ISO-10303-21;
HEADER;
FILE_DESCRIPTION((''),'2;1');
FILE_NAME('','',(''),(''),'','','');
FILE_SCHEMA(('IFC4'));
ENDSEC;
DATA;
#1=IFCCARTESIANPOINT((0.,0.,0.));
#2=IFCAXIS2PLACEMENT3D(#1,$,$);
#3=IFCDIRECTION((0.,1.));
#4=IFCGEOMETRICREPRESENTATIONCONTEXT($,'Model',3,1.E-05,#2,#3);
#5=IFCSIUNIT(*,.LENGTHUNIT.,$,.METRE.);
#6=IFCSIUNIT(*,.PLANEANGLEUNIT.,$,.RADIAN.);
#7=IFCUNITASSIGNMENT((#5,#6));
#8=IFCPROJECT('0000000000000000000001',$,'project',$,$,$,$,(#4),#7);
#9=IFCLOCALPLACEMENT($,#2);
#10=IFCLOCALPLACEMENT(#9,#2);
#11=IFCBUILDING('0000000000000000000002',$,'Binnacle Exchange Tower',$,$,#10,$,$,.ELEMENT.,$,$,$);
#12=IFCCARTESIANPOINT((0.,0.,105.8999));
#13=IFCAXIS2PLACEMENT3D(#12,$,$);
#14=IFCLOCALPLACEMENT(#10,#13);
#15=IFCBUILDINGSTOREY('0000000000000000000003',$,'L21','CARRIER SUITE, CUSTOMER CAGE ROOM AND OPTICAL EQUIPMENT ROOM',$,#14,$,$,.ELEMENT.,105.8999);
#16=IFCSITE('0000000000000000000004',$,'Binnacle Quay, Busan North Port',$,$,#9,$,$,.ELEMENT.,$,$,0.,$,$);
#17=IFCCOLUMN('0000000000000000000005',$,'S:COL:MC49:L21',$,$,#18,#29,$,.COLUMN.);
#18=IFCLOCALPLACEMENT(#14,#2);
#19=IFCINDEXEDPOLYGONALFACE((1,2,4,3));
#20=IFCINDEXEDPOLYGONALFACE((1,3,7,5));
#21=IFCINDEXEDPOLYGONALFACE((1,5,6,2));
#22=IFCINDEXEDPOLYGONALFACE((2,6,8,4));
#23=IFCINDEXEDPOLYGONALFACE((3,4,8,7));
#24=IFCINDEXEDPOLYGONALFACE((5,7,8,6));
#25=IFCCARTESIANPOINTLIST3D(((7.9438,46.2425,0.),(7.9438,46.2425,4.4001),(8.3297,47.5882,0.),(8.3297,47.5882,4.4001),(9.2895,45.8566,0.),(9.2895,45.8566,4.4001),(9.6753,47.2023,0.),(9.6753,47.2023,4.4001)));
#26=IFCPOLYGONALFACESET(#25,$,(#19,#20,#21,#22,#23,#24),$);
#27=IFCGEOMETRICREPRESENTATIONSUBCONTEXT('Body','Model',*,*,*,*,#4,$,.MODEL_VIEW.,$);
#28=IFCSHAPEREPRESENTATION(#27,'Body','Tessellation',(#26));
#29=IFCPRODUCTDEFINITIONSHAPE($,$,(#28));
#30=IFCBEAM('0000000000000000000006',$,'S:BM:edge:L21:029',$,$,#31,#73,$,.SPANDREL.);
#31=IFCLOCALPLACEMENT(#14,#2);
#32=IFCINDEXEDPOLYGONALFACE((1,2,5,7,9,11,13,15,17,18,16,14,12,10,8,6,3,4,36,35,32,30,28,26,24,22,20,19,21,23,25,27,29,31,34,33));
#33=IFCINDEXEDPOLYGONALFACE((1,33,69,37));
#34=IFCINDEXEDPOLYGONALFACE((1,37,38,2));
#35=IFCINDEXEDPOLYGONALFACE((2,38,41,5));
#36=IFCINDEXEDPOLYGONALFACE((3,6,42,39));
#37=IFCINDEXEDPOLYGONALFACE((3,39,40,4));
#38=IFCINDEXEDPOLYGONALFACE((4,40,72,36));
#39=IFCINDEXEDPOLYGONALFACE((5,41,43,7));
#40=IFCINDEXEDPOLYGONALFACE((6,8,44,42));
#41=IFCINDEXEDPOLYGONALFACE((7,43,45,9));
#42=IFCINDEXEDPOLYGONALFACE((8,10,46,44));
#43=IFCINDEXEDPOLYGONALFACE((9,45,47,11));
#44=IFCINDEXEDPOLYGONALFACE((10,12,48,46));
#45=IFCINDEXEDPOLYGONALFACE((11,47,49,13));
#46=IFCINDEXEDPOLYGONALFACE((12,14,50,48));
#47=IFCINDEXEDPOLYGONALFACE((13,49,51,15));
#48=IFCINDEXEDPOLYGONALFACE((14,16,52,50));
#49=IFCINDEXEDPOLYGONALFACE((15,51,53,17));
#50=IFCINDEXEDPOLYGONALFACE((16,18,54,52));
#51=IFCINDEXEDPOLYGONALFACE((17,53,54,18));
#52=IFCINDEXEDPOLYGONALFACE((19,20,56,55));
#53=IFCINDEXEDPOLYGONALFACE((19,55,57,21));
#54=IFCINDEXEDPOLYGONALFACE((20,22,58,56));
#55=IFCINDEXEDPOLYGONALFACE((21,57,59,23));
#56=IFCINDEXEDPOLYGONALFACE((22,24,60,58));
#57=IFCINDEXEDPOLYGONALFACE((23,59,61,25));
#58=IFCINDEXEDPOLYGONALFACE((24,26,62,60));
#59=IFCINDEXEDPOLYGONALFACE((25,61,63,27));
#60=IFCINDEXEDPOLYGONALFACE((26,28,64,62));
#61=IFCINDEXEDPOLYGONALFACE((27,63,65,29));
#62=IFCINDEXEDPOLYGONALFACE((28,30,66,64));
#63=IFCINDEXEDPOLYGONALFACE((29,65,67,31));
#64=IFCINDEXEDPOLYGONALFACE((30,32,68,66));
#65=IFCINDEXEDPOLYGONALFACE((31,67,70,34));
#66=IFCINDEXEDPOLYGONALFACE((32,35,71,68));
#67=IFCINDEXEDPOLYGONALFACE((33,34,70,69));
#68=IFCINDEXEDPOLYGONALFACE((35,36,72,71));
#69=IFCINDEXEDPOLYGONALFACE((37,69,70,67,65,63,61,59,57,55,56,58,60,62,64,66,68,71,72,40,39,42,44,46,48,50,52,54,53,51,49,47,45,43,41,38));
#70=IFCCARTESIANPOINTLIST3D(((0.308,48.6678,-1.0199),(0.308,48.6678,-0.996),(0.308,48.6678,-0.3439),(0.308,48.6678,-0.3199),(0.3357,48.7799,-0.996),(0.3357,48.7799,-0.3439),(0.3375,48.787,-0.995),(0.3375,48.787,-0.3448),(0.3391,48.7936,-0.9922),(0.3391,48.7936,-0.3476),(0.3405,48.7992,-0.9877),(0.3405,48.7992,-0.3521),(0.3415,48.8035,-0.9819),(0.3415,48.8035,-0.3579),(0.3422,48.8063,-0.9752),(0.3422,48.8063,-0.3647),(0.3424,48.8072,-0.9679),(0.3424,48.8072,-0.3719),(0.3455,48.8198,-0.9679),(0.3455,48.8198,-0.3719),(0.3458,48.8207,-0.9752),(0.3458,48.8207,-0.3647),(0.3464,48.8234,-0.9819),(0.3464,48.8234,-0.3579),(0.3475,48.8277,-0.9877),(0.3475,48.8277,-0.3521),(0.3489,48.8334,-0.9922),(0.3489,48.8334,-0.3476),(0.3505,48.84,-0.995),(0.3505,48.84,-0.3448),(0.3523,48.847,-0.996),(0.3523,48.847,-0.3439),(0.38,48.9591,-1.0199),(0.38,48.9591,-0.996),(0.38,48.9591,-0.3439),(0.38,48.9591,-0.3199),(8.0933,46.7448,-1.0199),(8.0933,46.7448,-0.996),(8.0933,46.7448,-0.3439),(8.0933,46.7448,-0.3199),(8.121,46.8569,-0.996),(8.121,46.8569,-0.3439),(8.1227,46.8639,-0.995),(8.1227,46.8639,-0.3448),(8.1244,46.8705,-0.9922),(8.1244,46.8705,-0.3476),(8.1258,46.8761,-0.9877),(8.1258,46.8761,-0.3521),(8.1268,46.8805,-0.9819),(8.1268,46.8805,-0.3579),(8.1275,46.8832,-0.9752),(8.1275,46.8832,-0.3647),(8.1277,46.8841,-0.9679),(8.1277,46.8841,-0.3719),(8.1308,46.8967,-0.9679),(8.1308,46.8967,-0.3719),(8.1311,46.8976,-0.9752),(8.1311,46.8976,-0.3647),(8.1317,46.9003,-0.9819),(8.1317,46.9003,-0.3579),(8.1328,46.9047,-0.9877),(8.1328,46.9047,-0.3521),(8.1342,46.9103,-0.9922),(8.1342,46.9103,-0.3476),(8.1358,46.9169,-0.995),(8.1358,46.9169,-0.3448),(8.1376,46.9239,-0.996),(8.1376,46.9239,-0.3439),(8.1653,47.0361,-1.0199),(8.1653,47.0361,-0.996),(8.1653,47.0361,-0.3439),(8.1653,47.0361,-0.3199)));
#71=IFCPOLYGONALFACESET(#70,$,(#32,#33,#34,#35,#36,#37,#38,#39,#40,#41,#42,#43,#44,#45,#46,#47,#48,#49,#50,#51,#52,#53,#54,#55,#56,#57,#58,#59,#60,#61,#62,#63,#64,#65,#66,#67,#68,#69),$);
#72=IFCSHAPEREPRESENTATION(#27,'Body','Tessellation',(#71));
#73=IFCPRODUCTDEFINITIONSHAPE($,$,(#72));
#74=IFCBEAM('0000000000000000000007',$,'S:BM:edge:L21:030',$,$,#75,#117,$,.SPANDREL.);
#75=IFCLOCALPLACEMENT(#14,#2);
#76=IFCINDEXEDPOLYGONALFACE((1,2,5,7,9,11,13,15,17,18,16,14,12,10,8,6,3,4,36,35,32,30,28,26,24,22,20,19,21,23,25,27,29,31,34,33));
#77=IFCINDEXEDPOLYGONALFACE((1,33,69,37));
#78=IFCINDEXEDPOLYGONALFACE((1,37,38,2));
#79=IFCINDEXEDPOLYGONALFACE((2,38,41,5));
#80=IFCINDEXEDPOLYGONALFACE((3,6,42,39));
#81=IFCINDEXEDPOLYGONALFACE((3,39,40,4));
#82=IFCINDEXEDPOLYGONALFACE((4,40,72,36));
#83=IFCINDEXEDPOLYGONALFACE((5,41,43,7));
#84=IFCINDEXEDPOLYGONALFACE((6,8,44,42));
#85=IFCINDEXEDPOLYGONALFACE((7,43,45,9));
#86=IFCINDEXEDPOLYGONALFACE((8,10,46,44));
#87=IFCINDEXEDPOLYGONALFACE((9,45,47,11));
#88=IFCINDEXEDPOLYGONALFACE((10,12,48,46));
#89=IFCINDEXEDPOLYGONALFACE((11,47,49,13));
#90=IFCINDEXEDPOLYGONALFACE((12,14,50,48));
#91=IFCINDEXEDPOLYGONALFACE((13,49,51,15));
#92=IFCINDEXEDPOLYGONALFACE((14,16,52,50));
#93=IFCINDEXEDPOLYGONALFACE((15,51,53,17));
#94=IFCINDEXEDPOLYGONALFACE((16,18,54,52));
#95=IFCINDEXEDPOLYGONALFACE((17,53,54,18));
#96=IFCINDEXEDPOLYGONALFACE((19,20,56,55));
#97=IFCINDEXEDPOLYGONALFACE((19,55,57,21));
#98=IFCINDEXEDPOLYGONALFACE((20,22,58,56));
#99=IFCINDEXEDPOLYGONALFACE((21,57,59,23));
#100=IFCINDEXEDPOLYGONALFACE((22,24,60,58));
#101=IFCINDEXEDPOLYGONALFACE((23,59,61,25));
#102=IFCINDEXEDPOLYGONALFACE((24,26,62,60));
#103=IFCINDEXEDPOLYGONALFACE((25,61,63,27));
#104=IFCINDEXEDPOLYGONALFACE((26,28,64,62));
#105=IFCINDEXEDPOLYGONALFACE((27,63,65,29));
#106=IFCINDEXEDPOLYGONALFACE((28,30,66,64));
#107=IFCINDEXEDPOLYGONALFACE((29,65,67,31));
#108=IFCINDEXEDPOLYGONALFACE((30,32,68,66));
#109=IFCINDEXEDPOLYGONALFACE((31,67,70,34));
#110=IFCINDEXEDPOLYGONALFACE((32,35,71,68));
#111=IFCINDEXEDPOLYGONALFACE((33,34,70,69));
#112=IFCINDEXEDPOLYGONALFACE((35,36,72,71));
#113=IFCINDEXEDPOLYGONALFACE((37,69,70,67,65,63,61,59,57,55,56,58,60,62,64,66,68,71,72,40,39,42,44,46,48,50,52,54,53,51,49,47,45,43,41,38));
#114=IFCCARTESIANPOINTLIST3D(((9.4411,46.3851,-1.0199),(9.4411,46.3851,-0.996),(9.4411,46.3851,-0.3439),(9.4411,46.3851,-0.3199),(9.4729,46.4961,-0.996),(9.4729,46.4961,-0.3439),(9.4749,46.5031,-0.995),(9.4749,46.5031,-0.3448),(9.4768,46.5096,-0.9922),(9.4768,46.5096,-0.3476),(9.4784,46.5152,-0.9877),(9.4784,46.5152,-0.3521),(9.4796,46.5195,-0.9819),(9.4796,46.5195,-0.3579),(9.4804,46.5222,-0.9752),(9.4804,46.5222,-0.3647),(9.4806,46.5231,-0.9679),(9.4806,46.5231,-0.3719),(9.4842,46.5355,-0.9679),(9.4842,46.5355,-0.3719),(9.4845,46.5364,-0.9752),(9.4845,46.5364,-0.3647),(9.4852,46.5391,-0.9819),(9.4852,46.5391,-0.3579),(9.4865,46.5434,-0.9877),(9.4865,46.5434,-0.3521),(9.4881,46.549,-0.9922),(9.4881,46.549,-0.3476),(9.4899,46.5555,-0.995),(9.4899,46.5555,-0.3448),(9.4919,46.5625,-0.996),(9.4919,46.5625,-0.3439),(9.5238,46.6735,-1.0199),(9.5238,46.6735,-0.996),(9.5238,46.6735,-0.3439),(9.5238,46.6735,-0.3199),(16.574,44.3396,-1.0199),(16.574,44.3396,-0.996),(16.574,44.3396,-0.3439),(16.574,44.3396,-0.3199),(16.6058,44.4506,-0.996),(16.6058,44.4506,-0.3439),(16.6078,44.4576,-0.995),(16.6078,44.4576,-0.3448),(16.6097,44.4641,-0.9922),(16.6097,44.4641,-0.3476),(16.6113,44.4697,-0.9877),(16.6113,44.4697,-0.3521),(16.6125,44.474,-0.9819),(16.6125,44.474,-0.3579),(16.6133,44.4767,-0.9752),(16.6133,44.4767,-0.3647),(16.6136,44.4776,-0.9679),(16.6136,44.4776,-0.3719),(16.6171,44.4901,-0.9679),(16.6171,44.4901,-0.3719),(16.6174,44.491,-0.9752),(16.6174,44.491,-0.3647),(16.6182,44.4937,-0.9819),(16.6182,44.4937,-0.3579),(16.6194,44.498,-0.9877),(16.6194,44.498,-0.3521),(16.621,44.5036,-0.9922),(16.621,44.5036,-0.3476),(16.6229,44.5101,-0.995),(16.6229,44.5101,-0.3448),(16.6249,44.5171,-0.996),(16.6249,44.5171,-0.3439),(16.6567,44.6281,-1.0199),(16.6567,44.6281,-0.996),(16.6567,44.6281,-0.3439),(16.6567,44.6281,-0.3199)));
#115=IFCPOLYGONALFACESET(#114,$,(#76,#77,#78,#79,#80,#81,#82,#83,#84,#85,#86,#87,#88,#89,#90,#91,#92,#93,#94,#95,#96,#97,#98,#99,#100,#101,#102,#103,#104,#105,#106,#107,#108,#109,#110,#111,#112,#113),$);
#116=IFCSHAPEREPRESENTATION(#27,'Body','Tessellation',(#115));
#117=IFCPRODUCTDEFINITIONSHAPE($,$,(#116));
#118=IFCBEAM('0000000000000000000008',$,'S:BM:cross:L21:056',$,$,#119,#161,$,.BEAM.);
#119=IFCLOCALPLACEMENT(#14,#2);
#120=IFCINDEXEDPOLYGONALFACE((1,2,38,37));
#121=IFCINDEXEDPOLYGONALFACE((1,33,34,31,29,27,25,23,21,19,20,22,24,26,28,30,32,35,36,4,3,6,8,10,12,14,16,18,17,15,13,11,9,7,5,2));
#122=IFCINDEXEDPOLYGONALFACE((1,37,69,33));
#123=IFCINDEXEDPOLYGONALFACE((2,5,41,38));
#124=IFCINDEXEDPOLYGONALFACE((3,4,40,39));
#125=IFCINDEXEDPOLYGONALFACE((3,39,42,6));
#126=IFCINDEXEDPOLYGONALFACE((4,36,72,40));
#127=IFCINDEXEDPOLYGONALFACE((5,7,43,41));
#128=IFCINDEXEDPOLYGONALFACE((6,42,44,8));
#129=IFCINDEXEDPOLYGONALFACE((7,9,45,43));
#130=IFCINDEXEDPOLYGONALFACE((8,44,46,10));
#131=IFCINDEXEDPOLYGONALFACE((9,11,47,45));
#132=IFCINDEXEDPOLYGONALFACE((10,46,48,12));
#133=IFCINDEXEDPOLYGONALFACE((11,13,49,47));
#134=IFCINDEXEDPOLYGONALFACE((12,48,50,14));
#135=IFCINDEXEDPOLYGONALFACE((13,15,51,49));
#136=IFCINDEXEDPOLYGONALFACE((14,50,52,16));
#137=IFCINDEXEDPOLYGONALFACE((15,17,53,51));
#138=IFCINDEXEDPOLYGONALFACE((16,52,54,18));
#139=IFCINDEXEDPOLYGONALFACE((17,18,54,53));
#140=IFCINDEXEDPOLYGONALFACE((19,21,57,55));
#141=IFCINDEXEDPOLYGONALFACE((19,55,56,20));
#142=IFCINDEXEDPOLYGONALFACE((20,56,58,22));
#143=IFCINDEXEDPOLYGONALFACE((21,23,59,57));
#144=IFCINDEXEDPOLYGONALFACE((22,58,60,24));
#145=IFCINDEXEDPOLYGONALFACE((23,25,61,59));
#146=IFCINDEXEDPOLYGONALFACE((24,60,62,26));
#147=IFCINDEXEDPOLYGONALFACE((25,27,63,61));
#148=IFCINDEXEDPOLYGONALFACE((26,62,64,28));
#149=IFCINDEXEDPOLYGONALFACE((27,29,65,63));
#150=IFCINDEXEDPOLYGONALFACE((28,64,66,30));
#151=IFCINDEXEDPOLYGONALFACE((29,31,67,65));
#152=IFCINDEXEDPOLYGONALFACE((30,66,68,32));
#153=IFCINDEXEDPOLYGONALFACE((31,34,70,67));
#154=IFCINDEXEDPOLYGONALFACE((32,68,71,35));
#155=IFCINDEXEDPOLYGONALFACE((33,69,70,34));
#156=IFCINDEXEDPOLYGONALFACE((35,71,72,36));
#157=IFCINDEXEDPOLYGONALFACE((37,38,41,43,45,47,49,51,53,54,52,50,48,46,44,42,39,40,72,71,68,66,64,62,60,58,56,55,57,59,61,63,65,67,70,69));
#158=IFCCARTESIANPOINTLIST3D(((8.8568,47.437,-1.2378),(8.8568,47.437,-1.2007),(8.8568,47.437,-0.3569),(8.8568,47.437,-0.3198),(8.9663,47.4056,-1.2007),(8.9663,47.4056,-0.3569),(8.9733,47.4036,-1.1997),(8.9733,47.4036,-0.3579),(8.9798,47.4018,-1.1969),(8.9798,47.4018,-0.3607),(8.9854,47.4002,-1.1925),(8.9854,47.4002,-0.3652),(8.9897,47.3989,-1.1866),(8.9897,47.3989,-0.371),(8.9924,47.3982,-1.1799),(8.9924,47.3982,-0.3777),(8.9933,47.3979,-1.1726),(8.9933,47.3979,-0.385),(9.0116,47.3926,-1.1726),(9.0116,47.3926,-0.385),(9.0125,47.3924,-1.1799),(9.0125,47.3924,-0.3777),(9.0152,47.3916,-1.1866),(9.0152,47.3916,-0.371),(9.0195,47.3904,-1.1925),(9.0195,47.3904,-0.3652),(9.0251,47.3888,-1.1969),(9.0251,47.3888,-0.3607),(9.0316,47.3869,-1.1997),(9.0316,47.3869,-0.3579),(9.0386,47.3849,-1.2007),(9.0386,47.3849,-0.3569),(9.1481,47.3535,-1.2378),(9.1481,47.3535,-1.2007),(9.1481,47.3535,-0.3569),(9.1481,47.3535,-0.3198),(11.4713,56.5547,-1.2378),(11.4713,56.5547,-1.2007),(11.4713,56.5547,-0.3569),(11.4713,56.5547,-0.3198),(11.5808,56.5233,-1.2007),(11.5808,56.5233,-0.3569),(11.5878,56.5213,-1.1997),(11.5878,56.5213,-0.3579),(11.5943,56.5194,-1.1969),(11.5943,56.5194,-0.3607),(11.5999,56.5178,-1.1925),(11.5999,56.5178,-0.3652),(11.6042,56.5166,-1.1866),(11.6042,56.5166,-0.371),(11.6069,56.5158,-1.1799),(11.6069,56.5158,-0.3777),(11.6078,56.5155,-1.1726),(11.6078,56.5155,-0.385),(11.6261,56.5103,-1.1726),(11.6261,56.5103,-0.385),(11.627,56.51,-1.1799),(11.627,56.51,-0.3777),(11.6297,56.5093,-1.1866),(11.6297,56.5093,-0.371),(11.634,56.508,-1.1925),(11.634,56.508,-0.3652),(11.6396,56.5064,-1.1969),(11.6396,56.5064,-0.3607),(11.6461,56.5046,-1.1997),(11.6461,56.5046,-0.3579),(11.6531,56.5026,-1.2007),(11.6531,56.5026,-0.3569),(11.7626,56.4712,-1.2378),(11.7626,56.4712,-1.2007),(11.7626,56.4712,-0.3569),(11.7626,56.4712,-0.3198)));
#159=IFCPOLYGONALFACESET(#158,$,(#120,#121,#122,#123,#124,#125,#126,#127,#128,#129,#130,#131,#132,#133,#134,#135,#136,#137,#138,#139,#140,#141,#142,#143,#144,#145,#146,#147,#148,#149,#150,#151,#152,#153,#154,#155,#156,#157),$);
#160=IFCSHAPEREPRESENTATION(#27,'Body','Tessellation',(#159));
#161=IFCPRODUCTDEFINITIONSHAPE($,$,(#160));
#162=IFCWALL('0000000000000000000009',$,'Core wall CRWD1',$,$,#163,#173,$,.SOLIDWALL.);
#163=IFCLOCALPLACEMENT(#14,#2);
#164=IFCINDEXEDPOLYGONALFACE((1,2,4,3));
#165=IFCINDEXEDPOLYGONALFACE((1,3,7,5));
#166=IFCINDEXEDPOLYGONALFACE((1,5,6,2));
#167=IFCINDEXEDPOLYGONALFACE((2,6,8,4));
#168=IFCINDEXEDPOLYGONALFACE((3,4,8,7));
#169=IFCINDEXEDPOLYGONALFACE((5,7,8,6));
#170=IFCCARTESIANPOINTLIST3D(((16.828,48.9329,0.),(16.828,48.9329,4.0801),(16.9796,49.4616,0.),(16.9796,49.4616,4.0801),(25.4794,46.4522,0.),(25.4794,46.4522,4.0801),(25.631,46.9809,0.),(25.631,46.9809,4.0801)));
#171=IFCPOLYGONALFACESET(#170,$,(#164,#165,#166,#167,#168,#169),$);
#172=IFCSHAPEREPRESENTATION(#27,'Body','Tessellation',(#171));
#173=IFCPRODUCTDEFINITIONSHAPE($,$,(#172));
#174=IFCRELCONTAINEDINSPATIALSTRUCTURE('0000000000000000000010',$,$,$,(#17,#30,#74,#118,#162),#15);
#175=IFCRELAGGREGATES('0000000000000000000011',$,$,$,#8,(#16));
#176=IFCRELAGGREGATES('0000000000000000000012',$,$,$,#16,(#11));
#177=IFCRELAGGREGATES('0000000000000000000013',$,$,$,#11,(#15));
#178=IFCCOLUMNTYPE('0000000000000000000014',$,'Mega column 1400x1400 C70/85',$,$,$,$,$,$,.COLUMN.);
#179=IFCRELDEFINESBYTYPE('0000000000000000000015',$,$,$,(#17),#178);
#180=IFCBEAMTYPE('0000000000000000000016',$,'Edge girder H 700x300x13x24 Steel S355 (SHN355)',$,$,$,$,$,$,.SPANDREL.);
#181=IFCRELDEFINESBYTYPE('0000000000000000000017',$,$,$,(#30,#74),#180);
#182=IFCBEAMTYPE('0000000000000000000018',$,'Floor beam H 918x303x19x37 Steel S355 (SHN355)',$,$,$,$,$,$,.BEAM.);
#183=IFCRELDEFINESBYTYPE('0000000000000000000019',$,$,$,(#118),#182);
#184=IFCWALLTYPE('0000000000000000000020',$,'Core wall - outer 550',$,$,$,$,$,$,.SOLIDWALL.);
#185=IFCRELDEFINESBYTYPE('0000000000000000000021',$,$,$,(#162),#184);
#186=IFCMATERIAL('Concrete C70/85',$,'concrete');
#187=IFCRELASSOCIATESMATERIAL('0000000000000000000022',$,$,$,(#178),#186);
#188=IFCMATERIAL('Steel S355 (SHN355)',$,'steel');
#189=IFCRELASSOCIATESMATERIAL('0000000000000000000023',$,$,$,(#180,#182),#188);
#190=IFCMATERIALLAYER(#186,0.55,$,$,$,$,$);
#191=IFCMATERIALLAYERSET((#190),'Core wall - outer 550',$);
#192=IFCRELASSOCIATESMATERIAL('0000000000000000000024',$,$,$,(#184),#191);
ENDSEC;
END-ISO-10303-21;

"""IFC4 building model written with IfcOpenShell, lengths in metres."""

from ifc_helpers import new_model, si_unit, direction, frame, frame_2d, origin, origin_2d, place, context, subcontext, project, spatial, rectangle, i_section, extrude, material, layer, layer_set, material_profile, profile_set, type_object, element, save


model = new_model("IFC4")

# Units and contexts
model_context = context("Model", 3, precision=1e-05, world=origin(), true_north=direction((0.0, 1.0)))
body_context = subcontext(model_context, "Body", "Model", "MODEL_VIEW")
ifc_project = project(units=[si_unit("LENGTHUNIT", "METRE"), si_unit("PLANEANGLEUNIT", "RADIAN")], contexts=[model_context])

# Site, building, storey
site_placement = place(None, origin())
site = spatial("IfcSite", under=ifc_project, at=site_placement, Name="Binnacle Quay, Busan North Port", CompositionType="ELEMENT", RefElevation=0.0)
building_placement = place(site_placement, origin())
building = spatial("IfcBuilding", under=site, at=building_placement, Name="Binnacle Exchange Tower", CompositionType="ELEMENT")
storey_placement = place(building_placement, frame((0.0, 0.0, 105.8999)))
storey = spatial("IfcBuildingStorey", under=building, at=storey_placement, Name="L21", Description="CARRIER SUITE, CUSTOMER CAGE ROOM AND OPTICAL EQUIPMENT ROOM", CompositionType="ELEMENT", Elevation=105.8999)

# Column
ifc_material_1 = material(Name="Concrete C70/85", Category="concrete")
ifc_material_profile_1 = material_profile(ifc_material_1, rectangle(XDim=1.3999, YDim=1.3999, at=origin_2d()), Name="Mega column 1400x1400 C70/85")
ifc_profile_set_1 = profile_set([ifc_material_profile_1], Name="Concrete C70/85")
column_type = type_object("IfcColumnType", Name="Mega column 1400x1400 C70/85", PredefinedType="COLUMN", material=ifc_profile_set_1)
column_placement = place(storey_placement, frame((8.8096, 46.7224, 0.0), z_axis=(0.0, 0.0, 1.0), x_axis=(0.961262, -0.275637, 0.0)))
element("IfcColumn", 1, at=column_placement, inside=storey, type_object=column_type, Name="S:COL:MC49:L21", PredefinedType="COLUMN", context=body_context, shape_type="SweptSolid", body=[
    extrude(rectangle(XDim=1.3999, YDim=1.3999, at=origin_2d()), origin(), (0.0, 0.0, 1.0), 4.4001),
])

# Beams
ifc_material_2 = material(Name="Steel S355 (SHN355)", Category="steel")
ifc_material_profile_2 = material_profile(ifc_material_2, i_section(OverallWidth=0.3, OverallDepth=0.7, WebThickness=0.0129, FlangeThickness=0.0239, FilletRadius=0.0281, at=origin_2d()), Name="H 700x300x13x24")
ifc_profile_set_2 = profile_set([ifc_material_profile_2], Name="Steel S355 (SHN355)")
beam_type_1 = type_object("IfcBeamType", Name="Edge girder H 700x300x13x24 Steel S355 (SHN355)", PredefinedType="SPANDREL", material=ifc_profile_set_2)
beam_1_placement = place(storey_placement, frame((0.344, 48.8135, -0.6699), z_axis=(0.970821, -0.239805, 0.0), x_axis=(0.239805, 0.970821, 0.0)))
element("IfcBeam", 2, at=beam_1_placement, inside=storey, type_object=beam_type_1, Name="S:BM:edge:L21:029", PredefinedType="SPANDREL", context=body_context, shape_type="SweptSolid", body=[
    extrude(i_section(OverallWidth=0.3, OverallDepth=0.7, WebThickness=0.0129, FlangeThickness=0.0239, FilletRadius=0.0281, at=origin_2d()), origin(), (0.0, 0.0, 1.0), 8.0193),
])
beam_2_placement = place(storey_placement, frame((9.4824, 46.5293, -0.6699), z_axis=(0.961258, -0.275651, 0.0), x_axis=(0.275651, 0.961258, 0.0)))
element("IfcBeam", 3, at=beam_2_placement, inside=storey, type_object=beam_type_1, Name="S:BM:edge:L21:030", PredefinedType="SPANDREL", context=body_context, shape_type="SweptSolid", body=[
    extrude(i_section(OverallWidth=0.3, OverallDepth=0.7, WebThickness=0.0129, FlangeThickness=0.0239, FilletRadius=0.0281, at=origin_2d()), origin(), (0.0, 0.0, 1.0), 7.4204),
])
ifc_material_profile_3 = material_profile(ifc_material_2, i_section(OverallWidth=0.303, OverallDepth=0.918, WebThickness=0.019, FlangeThickness=0.0371, FilletRadius=0.0281, at=origin_2d()), Name="H 918x303x19x37")
ifc_profile_set_3 = profile_set([ifc_material_profile_3], Name="Steel S355 (SHN355)")
beam_type_2 = type_object("IfcBeamType", Name="Floor beam H 918x303x19x37 Steel S355 (SHN355)", PredefinedType="BEAM", material=ifc_profile_set_3)
beam_3_placement = place(storey_placement, frame((9.0024, 47.3953, -0.7788), z_axis=(0.275642, 0.96126, 0.0), x_axis=(-0.96126, 0.275642, 0.0)))
element("IfcBeam", 4, at=beam_3_placement, inside=storey, type_object=beam_type_2, Name="S:BM:cross:L21:056", PredefinedType="BEAM", context=body_context, shape_type="SweptSolid", body=[
    extrude(i_section(OverallWidth=0.303, OverallDepth=0.918, WebThickness=0.019, FlangeThickness=0.0371, FilletRadius=0.0281, at=origin_2d()), origin(), (0.0, 0.0, 1.0), 9.4851),
])

# Wall
ifc_layer_1 = layer(ifc_material_1, 0.55)
ifc_layer_set_1 = layer_set([ifc_layer_1], Name="Core wall - outer 550")
wall_type_1 = type_object("IfcWallType", Name="Core wall - outer 550", PredefinedType="SOLIDWALL", material=ifc_layer_set_1)
wall_1_placement = place(storey_placement, frame((16.9038, 49.1973, 0.0), z_axis=(0.0, 0.0, 1.0), x_axis=(0.961262, -0.275635, 0.0)))
element("IfcWall", 5, at=wall_1_placement, inside=storey, type_object=wall_type_1, Name="Core wall CRWD1", PredefinedType="SOLIDWALL", context=body_context, shape_type="SweptSolid", body=[
    extrude(rectangle(XDim=9.0, YDim=0.55, at=frame_2d((4.5, 0.0))), origin(), (0.0, 0.0, 1.0), 4.0801),
])

save(model, "model.ifc")
